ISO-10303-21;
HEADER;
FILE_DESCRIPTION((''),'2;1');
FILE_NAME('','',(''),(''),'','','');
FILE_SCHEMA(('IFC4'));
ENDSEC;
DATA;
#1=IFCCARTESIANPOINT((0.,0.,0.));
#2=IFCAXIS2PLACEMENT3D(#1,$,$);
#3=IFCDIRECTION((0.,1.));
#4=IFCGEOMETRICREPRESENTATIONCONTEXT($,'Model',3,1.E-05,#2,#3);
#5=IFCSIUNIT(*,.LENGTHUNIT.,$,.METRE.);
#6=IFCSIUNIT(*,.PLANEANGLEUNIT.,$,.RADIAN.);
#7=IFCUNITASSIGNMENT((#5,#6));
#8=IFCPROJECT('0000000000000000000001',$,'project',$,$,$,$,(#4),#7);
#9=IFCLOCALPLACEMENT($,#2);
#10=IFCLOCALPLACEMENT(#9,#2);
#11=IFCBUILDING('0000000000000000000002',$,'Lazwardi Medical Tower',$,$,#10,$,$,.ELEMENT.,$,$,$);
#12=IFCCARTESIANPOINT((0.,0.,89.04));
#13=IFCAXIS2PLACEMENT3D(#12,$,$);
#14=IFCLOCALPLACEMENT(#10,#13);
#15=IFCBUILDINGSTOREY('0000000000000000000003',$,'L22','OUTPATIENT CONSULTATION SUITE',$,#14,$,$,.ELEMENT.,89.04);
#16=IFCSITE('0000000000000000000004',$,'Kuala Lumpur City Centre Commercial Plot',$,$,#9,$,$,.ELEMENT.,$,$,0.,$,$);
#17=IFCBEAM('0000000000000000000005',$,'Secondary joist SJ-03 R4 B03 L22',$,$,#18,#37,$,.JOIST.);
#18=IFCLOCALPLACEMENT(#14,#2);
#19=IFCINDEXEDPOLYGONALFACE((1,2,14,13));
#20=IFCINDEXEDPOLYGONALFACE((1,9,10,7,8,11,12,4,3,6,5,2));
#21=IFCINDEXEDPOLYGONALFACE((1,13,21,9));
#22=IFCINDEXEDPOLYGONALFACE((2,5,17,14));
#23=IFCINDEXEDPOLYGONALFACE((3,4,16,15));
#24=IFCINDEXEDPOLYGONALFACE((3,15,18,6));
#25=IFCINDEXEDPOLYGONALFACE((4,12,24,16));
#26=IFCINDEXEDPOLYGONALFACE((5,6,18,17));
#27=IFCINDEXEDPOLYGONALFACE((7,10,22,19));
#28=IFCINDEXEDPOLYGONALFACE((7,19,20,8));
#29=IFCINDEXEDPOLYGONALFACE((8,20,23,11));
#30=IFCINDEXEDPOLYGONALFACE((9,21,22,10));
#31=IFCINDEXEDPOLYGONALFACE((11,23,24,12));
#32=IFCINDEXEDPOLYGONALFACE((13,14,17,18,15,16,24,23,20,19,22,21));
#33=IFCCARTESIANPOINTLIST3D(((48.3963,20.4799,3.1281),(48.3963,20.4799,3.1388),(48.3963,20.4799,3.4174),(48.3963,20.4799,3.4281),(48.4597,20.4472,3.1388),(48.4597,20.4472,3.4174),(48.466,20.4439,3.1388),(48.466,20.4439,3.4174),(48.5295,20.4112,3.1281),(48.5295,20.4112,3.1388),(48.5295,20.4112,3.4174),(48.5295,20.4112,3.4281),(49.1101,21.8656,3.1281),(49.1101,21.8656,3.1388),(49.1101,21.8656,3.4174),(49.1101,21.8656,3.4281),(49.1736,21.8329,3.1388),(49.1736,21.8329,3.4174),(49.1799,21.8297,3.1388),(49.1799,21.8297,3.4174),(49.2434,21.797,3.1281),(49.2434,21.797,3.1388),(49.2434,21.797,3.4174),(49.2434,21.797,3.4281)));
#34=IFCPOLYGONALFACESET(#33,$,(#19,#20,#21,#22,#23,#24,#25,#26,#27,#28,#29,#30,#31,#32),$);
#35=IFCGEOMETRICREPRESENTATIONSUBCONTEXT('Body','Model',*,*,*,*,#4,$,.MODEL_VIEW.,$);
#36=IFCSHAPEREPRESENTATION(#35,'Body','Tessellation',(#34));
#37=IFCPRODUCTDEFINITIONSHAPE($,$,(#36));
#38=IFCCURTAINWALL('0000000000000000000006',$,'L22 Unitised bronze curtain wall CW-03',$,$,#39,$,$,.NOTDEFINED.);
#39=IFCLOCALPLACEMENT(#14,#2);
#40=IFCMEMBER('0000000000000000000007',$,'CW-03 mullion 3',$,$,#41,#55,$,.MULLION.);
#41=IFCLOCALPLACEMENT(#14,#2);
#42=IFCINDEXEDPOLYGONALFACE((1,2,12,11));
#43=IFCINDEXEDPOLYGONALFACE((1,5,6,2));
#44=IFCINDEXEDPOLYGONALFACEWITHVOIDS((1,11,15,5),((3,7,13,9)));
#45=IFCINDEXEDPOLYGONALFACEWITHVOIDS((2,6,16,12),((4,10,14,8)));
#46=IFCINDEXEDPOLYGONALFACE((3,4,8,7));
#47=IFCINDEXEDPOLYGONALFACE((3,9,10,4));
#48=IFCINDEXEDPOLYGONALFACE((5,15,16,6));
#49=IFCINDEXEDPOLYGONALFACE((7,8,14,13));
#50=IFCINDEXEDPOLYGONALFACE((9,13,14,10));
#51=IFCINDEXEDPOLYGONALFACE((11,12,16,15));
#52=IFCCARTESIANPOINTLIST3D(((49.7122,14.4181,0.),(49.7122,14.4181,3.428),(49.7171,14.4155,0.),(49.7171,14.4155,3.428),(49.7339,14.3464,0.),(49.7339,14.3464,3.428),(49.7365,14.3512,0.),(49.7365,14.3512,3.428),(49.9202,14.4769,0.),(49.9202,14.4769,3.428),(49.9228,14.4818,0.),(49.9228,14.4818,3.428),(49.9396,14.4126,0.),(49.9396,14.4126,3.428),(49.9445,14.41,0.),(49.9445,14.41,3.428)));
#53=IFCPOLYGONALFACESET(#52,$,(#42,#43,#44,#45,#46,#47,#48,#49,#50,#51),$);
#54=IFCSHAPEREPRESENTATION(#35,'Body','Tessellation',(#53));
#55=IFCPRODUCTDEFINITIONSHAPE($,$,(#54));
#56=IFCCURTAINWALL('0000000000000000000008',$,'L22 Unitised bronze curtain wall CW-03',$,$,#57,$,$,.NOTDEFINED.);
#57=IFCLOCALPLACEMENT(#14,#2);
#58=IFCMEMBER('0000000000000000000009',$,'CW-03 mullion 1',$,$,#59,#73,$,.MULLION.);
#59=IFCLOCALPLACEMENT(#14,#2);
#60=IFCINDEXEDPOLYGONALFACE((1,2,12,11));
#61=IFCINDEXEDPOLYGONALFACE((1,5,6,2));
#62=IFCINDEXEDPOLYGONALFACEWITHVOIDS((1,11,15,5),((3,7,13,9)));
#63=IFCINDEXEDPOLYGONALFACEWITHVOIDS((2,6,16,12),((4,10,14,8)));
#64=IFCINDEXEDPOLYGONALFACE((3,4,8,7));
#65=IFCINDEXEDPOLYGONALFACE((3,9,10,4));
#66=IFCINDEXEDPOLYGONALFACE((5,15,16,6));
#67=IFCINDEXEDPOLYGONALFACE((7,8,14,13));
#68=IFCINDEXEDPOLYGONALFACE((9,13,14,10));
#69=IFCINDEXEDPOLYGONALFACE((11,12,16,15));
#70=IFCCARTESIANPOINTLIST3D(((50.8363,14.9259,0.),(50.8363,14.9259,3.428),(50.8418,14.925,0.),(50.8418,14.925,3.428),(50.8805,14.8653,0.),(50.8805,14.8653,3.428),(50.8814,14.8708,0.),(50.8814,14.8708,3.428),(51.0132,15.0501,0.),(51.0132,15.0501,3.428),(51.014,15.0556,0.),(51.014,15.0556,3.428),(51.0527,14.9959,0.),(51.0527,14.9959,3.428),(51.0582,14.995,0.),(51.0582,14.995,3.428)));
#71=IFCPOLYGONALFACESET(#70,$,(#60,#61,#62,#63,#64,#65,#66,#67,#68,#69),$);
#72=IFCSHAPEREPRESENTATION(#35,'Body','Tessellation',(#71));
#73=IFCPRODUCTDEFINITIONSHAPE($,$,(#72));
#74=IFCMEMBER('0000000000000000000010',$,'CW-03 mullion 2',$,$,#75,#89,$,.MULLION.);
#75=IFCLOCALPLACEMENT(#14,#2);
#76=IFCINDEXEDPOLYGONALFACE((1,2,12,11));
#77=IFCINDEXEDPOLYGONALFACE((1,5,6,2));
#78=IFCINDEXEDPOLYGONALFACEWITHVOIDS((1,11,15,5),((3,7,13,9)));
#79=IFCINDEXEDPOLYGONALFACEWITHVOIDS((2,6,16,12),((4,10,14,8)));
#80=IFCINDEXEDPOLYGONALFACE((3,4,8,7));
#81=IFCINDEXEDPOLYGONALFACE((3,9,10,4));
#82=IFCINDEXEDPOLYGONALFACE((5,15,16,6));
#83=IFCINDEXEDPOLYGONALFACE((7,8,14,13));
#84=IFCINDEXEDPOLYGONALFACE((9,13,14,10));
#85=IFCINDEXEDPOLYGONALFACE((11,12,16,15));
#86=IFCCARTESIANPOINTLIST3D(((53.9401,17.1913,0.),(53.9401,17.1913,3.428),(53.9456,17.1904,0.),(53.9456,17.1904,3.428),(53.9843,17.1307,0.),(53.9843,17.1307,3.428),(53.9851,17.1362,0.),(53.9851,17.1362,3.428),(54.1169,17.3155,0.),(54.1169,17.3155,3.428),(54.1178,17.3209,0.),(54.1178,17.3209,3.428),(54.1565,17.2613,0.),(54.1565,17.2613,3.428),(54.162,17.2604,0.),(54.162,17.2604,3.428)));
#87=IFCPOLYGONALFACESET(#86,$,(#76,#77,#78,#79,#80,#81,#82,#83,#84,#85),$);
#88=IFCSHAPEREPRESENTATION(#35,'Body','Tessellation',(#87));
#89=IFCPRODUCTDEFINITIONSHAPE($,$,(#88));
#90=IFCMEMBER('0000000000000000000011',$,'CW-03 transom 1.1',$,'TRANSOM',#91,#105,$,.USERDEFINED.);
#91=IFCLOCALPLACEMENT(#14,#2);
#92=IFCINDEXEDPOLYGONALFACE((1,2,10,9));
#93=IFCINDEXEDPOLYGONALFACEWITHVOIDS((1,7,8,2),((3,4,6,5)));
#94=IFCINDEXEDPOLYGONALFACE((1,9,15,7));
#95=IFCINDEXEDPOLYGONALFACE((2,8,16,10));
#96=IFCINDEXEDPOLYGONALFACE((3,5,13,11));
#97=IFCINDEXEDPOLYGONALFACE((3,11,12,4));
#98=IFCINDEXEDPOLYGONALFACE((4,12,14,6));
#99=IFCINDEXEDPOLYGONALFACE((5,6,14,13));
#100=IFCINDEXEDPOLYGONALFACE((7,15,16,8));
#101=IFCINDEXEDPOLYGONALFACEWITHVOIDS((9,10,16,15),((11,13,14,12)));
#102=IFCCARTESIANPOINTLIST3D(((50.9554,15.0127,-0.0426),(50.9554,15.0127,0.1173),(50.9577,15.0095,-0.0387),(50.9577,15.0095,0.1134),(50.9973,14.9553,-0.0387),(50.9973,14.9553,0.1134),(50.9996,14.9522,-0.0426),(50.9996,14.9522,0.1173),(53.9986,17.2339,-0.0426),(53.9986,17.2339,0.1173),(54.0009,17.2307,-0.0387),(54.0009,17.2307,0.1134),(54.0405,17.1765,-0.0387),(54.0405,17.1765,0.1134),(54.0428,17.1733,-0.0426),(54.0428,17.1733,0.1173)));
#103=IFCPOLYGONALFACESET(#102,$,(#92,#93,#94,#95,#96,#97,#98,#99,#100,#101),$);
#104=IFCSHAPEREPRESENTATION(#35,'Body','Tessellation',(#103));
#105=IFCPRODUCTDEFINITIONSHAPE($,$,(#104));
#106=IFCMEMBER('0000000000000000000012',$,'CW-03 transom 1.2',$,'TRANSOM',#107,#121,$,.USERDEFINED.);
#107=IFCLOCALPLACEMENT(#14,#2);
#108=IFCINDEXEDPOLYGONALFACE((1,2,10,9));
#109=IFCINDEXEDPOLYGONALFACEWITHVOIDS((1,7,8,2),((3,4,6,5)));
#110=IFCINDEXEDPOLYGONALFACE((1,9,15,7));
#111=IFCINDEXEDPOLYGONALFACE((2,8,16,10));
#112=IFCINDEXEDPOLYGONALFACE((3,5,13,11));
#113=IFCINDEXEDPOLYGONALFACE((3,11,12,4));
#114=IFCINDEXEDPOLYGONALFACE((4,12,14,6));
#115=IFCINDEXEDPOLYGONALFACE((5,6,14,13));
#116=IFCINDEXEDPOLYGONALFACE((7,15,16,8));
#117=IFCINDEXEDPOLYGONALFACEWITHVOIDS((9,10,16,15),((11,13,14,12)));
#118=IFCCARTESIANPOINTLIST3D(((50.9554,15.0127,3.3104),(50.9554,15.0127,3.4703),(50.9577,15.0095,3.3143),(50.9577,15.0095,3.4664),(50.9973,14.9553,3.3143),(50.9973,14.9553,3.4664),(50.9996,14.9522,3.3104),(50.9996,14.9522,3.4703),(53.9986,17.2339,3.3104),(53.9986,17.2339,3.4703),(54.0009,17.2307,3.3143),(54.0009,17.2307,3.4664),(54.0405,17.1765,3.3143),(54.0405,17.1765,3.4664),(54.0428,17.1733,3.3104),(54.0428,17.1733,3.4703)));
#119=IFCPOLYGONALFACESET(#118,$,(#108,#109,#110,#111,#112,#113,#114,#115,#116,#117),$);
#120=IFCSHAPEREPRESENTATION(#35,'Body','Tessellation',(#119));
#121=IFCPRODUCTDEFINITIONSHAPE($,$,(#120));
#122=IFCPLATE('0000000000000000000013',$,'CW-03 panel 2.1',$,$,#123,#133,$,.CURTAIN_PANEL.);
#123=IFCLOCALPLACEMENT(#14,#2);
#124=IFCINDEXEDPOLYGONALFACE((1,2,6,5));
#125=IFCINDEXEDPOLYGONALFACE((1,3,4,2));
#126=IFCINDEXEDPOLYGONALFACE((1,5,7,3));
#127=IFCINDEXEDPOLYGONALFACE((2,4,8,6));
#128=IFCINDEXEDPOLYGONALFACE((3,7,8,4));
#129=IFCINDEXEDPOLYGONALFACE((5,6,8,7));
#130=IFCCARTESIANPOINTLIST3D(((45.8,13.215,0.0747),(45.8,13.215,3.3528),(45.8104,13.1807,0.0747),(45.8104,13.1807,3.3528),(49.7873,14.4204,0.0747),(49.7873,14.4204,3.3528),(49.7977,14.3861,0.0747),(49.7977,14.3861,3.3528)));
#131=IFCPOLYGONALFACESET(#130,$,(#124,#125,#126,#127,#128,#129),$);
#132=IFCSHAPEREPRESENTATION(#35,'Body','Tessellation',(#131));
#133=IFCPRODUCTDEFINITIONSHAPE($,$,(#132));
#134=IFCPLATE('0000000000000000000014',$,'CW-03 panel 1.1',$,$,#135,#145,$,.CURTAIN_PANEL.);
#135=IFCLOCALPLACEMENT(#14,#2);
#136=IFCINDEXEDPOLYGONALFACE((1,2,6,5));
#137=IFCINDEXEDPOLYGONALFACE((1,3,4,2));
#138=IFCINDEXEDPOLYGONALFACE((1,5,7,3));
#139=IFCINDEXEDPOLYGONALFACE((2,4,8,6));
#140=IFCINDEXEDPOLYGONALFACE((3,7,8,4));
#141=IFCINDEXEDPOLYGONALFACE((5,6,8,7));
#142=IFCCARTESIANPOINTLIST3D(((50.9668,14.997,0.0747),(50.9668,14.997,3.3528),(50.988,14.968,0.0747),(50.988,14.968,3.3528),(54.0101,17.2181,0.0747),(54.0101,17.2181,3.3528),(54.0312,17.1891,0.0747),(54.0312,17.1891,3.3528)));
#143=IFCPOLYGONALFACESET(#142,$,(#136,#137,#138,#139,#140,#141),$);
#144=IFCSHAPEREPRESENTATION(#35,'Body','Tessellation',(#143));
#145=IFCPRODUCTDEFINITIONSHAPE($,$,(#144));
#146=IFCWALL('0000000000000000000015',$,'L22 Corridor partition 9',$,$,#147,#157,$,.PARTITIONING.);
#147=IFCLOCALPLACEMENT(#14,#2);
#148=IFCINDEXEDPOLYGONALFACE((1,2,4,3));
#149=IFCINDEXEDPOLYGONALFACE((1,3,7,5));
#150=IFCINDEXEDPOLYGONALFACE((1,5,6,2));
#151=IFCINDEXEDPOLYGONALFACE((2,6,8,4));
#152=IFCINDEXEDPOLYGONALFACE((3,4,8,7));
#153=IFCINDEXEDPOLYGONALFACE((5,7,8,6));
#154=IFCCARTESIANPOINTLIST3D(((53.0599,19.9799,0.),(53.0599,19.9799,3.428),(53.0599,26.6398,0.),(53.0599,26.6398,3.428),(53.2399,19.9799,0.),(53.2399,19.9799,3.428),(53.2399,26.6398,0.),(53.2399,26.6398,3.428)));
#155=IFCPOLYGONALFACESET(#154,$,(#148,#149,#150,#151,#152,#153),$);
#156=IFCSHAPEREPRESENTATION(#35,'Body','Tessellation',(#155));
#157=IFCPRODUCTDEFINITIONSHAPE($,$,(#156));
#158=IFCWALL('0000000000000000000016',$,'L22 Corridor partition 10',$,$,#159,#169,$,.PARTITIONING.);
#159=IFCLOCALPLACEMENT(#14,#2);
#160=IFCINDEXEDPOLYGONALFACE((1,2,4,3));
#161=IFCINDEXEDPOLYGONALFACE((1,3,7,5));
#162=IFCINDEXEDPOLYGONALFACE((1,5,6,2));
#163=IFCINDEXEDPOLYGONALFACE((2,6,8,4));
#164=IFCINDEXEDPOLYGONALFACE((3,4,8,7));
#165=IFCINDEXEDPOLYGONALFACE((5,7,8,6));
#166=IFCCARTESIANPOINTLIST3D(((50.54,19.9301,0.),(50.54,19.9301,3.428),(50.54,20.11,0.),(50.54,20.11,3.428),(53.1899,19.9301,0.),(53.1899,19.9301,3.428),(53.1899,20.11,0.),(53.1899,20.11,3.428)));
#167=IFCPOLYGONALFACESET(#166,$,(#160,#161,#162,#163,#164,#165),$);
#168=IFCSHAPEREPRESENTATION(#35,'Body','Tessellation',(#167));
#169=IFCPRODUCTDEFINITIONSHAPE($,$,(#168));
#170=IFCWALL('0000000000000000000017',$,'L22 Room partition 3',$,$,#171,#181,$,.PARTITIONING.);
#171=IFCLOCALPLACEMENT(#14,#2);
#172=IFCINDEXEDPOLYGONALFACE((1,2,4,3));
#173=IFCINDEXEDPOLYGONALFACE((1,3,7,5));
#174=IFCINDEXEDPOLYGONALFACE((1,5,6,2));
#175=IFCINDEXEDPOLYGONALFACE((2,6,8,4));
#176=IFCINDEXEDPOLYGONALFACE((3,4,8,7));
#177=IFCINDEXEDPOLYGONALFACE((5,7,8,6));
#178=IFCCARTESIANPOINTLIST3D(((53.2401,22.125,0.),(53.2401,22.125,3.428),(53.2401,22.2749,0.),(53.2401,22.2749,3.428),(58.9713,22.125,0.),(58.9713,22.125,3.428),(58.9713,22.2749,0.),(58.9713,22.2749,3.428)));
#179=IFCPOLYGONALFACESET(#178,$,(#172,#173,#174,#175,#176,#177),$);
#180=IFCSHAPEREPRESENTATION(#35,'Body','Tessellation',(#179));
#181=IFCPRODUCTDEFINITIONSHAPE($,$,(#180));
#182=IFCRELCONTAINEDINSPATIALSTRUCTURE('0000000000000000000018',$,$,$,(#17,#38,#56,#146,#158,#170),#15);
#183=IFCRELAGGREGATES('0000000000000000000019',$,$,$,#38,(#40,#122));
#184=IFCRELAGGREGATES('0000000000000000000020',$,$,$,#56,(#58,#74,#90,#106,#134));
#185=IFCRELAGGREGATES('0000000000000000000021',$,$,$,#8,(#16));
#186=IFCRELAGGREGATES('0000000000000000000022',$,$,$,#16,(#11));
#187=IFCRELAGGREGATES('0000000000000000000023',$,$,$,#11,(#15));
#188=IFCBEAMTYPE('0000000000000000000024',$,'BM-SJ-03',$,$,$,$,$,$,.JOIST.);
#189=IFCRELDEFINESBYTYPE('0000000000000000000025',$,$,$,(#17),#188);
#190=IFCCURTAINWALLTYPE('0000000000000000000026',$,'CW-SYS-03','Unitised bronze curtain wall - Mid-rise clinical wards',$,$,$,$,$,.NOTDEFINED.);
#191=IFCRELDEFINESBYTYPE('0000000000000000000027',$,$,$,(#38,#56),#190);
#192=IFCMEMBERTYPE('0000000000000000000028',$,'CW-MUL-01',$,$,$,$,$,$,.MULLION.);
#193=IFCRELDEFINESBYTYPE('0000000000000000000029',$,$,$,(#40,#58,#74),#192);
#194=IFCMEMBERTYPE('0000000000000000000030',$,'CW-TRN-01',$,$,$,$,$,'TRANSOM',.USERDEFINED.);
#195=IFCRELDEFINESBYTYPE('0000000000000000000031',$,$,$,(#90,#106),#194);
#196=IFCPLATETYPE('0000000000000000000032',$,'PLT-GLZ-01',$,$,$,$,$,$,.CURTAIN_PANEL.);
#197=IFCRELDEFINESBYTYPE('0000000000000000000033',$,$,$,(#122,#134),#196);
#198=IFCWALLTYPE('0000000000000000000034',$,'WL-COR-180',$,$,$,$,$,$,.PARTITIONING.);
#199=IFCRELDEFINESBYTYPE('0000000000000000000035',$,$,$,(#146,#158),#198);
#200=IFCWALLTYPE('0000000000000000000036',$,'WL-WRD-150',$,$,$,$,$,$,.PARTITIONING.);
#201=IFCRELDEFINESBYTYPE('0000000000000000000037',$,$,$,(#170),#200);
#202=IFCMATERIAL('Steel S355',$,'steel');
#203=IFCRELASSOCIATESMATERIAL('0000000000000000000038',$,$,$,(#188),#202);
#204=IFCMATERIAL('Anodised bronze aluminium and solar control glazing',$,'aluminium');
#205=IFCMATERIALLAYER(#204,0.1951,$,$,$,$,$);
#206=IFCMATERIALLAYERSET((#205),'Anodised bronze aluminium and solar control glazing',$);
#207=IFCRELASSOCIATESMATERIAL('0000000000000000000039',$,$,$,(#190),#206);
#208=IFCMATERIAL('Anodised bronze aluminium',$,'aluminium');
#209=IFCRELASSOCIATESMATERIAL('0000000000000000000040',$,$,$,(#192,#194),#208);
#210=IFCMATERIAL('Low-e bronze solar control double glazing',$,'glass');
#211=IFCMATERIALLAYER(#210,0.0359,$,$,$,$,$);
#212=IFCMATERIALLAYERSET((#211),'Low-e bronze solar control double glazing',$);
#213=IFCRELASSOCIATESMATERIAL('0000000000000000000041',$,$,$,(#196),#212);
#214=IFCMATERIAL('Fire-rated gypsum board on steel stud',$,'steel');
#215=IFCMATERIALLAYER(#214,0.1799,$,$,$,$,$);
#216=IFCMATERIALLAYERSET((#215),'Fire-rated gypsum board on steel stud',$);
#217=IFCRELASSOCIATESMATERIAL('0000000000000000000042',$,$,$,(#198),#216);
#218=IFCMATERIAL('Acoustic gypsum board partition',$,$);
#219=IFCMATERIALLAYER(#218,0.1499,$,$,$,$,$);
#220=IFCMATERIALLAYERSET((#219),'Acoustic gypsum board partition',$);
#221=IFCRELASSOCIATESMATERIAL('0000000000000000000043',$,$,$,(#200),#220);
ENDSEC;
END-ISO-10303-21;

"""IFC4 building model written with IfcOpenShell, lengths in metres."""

from ifc_helpers import new_model, si_unit, direction, frame, frame_2d, origin, origin_2d, place, context, subcontext, project, spatial, rectangle, hollow_rectangle, i_section, extrude, material, layer, layer_set, material_profile, profile_set, type_object, element, aggregate, save


model = new_model("IFC4")

# Units and contexts
model_context = context("Model", 3, precision=1e-05, world=origin(), true_north=direction((0.0, 1.0)))
body_context = subcontext(model_context, "Body", "Model", "MODEL_VIEW")
ifc_project = project(units=[si_unit("LENGTHUNIT", "METRE"), si_unit("PLANEANGLEUNIT", "RADIAN")], contexts=[model_context])

# Site, building, storey
site_placement = place(None, origin())
site = spatial("IfcSite", under=ifc_project, at=site_placement, Name="Kuala Lumpur City Centre Commercial Plot", CompositionType="ELEMENT", RefElevation=0.0)
building_placement = place(site_placement, origin())
building = spatial("IfcBuilding", under=site, at=building_placement, Name="Lazwardi Medical Tower", CompositionType="ELEMENT")
storey_placement = place(building_placement, frame((0.0, 0.0, 89.04)))
storey = spatial("IfcBuildingStorey", under=building, at=storey_placement, Name="L22", Description="OUTPATIENT CONSULTATION SUITE", CompositionType="ELEMENT", Elevation=89.04)

# Beam
ifc_material_1 = material(Name="Steel S355", Category="steel")
ifc_material_profile_1 = material_profile(ifc_material_1, i_section(OverallWidth=0.1499, OverallDepth=0.3, WebThickness=0.0071, FlangeThickness=0.0107, at=origin_2d()), Name="IPE 300")
ifc_profile_set_1 = profile_set([ifc_material_profile_1], Name="Steel S355")
beam_type_1 = type_object("IfcBeamType", Name="BM-SJ-03", PredefinedType="JOIST", material=ifc_profile_set_1)
beam_1_placement = place(storey_placement, frame((48.4629, 20.4456, 3.2781), z_axis=(0.457957, 0.888975, 0.0), x_axis=(-0.888975, 0.457957, 0.0)))
element("IfcBeam", 1, at=beam_1_placement, inside=storey, type_object=beam_type_1, Name="Secondary joist SJ-03 R4 B03 L22", PredefinedType="JOIST", context=body_context, shape_type="SweptSolid", body=[
    extrude(i_section(OverallWidth=0.1499, OverallDepth=0.3, WebThickness=0.0071, FlangeThickness=0.0107, at=origin_2d()), origin(), (0.0, 0.0, 1.0), 1.5588),
])

# Curtain wall, member
ifc_material_2 = material(Name="Anodised bronze aluminium and solar control glazing", Category="aluminium")
ifc_layer_1 = layer(ifc_material_2, 0.1951)
ifc_layer_set_1 = layer_set([ifc_layer_1], Name="Anodised bronze aluminium and solar control glazing")
curtain_wall_type = type_object("IfcCurtainWallType", Name="CW-SYS-03", Description="Unitised bronze curtain wall - Mid-rise clinical wards", PredefinedType="NOTDEFINED", material=ifc_layer_set_1)
curtain_wall_1_placement = place(storey_placement, origin())
curtain_wall_1 = element("IfcCurtainWall", 2, at=curtain_wall_1_placement, inside=storey, type_object=curtain_wall_type, Name="L22 Unitised bronze curtain wall CW-03", PredefinedType="NOTDEFINED")
ifc_material_3 = material(Name="Anodised bronze aluminium", Category="aluminium")
ifc_material_profile_2 = material_profile(ifc_material_3, hollow_rectangle(XDim=0.075, YDim=0.22, WallThickness=0.0039, at=origin_2d()), Name="ALU-MULLION 220x75x4")
ifc_profile_set_2 = profile_set([ifc_material_profile_2], Name="Anodised bronze aluminium")
member_type_1 = type_object("IfcMemberType", Name="CW-MUL-01", PredefinedType="MULLION", material=ifc_profile_set_2)
member_1_placement = place(storey_placement, frame((49.8284, 14.4141, 0.0), z_axis=(0.0, 0.0, 1.0), x_axis=(-0.289374, 0.957216, 0.0)))
member_1 = element("IfcMember", 3, at=member_1_placement, type_object=member_type_1, Name="CW-03 mullion 3", PredefinedType="MULLION", context=body_context, shape_type="SweptSolid", body=[
    extrude(hollow_rectangle(XDim=0.075, YDim=0.22, WallThickness=0.0039, at=origin_2d()), origin(), (0.0, 0.0, 1.0), 3.428),
])

# Curtain wall, members
curtain_wall_2_placement = place(storey_placement, origin())
curtain_wall_2 = element("IfcCurtainWall", 4, at=curtain_wall_2_placement, inside=storey, type_object=curtain_wall_type, Name="L22 Unitised bronze curtain wall CW-03", PredefinedType="NOTDEFINED")
member_2_placement = place(storey_placement, frame((50.9473, 14.9604, 0.0), z_axis=(0.0, 0.0, 1.0), x_axis=(-0.589531, 0.807746, 0.0)))
member_2 = element("IfcMember", 5, at=member_2_placement, type_object=member_type_1, Name="CW-03 mullion 1", PredefinedType="MULLION", context=body_context, shape_type="SweptSolid", body=[
    extrude(hollow_rectangle(XDim=0.075, YDim=0.22, WallThickness=0.0039, at=origin_2d()), origin(), (0.0, 0.0, 1.0), 3.428),
])
member_3_placement = place(storey_placement, frame((54.051, 17.2258, 0.0), z_axis=(0.0, 0.0, 1.0), x_axis=(-0.589531, 0.807746, 0.0)))
member_3 = element("IfcMember", 6, at=member_3_placement, type_object=member_type_1, Name="CW-03 mullion 2", PredefinedType="MULLION", context=body_context, shape_type="SweptSolid", body=[
    extrude(hollow_rectangle(XDim=0.075, YDim=0.22, WallThickness=0.0039, at=origin_2d()), origin(), (0.0, 0.0, 1.0), 3.428),
])
ifc_material_profile_3 = material_profile(ifc_material_3, hollow_rectangle(XDim=0.075, YDim=0.1599, WallThickness=0.0039, at=origin_2d()), Name="ALU-TRANSOM 160x75x4")
ifc_profile_set_3 = profile_set([ifc_material_profile_3], Name="Anodised bronze aluminium")
member_type_2 = type_object("IfcMemberType", Name="CW-TRN-01", ElementType="TRANSOM", PredefinedType="USERDEFINED", material=ifc_profile_set_3)
member_4_placement = place(storey_placement, frame((50.9775, 14.9824, 0.0374), z_axis=(0.807732, 0.58955, 0.0), x_axis=(-0.58955, 0.807732, 0.0)))
member_4 = element("IfcMember", 7, at=member_4_placement, type_object=member_type_2, Name="CW-03 transom 1.1", ObjectType="TRANSOM", PredefinedType="USERDEFINED", context=body_context, shape_type="SweptSolid", body=[
    extrude(hollow_rectangle(XDim=0.075, YDim=0.1599, WallThickness=0.0039, at=origin_2d()), origin(), (0.0, 0.0, 1.0), 3.7676),
])
member_5_placement = place(storey_placement, frame((50.9775, 14.9824, 3.3904), z_axis=(0.807732, 0.58955, 0.0), x_axis=(-0.58955, 0.807732, 0.0)))
member_5 = element("IfcMember", 8, at=member_5_placement, type_object=member_type_2, Name="CW-03 transom 1.2", ObjectType="TRANSOM", PredefinedType="USERDEFINED", context=body_context, shape_type="SweptSolid", body=[
    extrude(hollow_rectangle(XDim=0.075, YDim=0.1599, WallThickness=0.0039, at=origin_2d()), origin(), (0.0, 0.0, 1.0), 3.7676),
])

# Plates
ifc_material_4 = material(Name="Low-e bronze solar control double glazing", Category="glass")
ifc_layer_2 = layer(ifc_material_4, 0.0359)
ifc_layer_set_2 = layer_set([ifc_layer_2], Name="Low-e bronze solar control double glazing")
plate_type = type_object("IfcPlateType", Name="PLT-GLZ-01", PredefinedType="CURTAIN_PANEL", material=ifc_layer_set_2)
plate_1_placement = place(storey_placement, frame((47.7988, 13.8005, 0.0747), z_axis=(0.0, 0.0, 1.0), x_axis=(0.957216, 0.289374, 0.0)))
plate_1 = element("IfcPlate", 9, at=plate_1_placement, type_object=plate_type, Name="CW-03 panel 2.1", PredefinedType="CURTAIN_PANEL", context=body_context, shape_type="SweptSolid", body=[
    extrude(rectangle(XDim=4.1655, YDim=0.0359, at=origin_2d()), origin(), (0.0, 0.0, 1.0), 3.2781),
])
aggregate(curtain_wall_1, [member_1, plate_1])
plate_2_placement = place(storey_placement, frame((52.499, 16.093, 0.0747), z_axis=(0.0, 0.0, 1.0), x_axis=(0.807746, 0.589531, 0.0)))
plate_2 = element("IfcPlate", 10, at=plate_2_placement, type_object=plate_type, Name="CW-03 panel 1.1", PredefinedType="CURTAIN_PANEL", context=body_context, shape_type="SweptSolid", body=[
    extrude(rectangle(XDim=3.7676, YDim=0.0359, at=origin_2d()), origin(), (0.0, 0.0, 1.0), 3.2781),
])
aggregate(curtain_wall_2, [member_2, member_3, member_4, member_5, plate_2])

# Walls
ifc_material_5 = material(Name="Fire-rated gypsum board on steel stud", Category="steel")
ifc_layer_3 = layer(ifc_material_5, 0.1799)
ifc_layer_set_3 = layer_set([ifc_layer_3], Name="Fire-rated gypsum board on steel stud")
wall_type_1 = type_object("IfcWallType", Name="WL-COR-180", PredefinedType="PARTITIONING", material=ifc_layer_set_3)
wall_1_placement = place(storey_placement, frame((53.1499, 26.6399, 0.0), z_axis=(0.0, 0.0, 1.0), x_axis=(0.0, -1.0, 0.0)))
element("IfcWall", 11, at=wall_1_placement, inside=storey, type_object=wall_type_1, Name="L22 Corridor partition 9", PredefinedType="PARTITIONING", context=body_context, shape_type="SweptSolid", body=[
    extrude(rectangle(XDim=6.6599, YDim=0.1799, at=frame_2d((3.3301, 0.0))), origin(), (0.0, 0.0, 1.0), 3.428),
])
wall_2_placement = place(storey_placement, frame((53.1899, 20.02, 0.0), z_axis=(0.0, 0.0, 1.0), x_axis=(-1.0, 0.0, 0.0)))
element("IfcWall", 12, at=wall_2_placement, inside=storey, type_object=wall_type_1, Name="L22 Corridor partition 10", PredefinedType="PARTITIONING", context=body_context, shape_type="SweptSolid", body=[
    extrude(rectangle(XDim=2.6499, YDim=0.1799, at=frame_2d((1.325, 0.0))), origin(), (0.0, 0.0, 1.0), 3.428),
])
ifc_material_6 = material(Name="Acoustic gypsum board partition")
ifc_layer_4 = layer(ifc_material_6, 0.1499)
ifc_layer_set_4 = layer_set([ifc_layer_4], Name="Acoustic gypsum board partition")
wall_type_2 = type_object("IfcWallType", Name="WL-WRD-150", PredefinedType="PARTITIONING", material=ifc_layer_set_4)
wall_3_placement = place(storey_placement, frame((53.24, 22.2, 0.0), z_axis=(0.0, 0.0, 1.0), x_axis=(1.0, 0.0, 0.0)))
element("IfcWall", 13, at=wall_3_placement, inside=storey, type_object=wall_type_2, Name="L22 Room partition 3", PredefinedType="PARTITIONING", context=body_context, shape_type="SweptSolid", body=[
    extrude(rectangle(XDim=5.7312, YDim=0.1499, at=frame_2d((2.8657, 0.0))), origin(), (0.0, 0.0, 1.0), 3.428),
])

save(model, "model.ifc")
